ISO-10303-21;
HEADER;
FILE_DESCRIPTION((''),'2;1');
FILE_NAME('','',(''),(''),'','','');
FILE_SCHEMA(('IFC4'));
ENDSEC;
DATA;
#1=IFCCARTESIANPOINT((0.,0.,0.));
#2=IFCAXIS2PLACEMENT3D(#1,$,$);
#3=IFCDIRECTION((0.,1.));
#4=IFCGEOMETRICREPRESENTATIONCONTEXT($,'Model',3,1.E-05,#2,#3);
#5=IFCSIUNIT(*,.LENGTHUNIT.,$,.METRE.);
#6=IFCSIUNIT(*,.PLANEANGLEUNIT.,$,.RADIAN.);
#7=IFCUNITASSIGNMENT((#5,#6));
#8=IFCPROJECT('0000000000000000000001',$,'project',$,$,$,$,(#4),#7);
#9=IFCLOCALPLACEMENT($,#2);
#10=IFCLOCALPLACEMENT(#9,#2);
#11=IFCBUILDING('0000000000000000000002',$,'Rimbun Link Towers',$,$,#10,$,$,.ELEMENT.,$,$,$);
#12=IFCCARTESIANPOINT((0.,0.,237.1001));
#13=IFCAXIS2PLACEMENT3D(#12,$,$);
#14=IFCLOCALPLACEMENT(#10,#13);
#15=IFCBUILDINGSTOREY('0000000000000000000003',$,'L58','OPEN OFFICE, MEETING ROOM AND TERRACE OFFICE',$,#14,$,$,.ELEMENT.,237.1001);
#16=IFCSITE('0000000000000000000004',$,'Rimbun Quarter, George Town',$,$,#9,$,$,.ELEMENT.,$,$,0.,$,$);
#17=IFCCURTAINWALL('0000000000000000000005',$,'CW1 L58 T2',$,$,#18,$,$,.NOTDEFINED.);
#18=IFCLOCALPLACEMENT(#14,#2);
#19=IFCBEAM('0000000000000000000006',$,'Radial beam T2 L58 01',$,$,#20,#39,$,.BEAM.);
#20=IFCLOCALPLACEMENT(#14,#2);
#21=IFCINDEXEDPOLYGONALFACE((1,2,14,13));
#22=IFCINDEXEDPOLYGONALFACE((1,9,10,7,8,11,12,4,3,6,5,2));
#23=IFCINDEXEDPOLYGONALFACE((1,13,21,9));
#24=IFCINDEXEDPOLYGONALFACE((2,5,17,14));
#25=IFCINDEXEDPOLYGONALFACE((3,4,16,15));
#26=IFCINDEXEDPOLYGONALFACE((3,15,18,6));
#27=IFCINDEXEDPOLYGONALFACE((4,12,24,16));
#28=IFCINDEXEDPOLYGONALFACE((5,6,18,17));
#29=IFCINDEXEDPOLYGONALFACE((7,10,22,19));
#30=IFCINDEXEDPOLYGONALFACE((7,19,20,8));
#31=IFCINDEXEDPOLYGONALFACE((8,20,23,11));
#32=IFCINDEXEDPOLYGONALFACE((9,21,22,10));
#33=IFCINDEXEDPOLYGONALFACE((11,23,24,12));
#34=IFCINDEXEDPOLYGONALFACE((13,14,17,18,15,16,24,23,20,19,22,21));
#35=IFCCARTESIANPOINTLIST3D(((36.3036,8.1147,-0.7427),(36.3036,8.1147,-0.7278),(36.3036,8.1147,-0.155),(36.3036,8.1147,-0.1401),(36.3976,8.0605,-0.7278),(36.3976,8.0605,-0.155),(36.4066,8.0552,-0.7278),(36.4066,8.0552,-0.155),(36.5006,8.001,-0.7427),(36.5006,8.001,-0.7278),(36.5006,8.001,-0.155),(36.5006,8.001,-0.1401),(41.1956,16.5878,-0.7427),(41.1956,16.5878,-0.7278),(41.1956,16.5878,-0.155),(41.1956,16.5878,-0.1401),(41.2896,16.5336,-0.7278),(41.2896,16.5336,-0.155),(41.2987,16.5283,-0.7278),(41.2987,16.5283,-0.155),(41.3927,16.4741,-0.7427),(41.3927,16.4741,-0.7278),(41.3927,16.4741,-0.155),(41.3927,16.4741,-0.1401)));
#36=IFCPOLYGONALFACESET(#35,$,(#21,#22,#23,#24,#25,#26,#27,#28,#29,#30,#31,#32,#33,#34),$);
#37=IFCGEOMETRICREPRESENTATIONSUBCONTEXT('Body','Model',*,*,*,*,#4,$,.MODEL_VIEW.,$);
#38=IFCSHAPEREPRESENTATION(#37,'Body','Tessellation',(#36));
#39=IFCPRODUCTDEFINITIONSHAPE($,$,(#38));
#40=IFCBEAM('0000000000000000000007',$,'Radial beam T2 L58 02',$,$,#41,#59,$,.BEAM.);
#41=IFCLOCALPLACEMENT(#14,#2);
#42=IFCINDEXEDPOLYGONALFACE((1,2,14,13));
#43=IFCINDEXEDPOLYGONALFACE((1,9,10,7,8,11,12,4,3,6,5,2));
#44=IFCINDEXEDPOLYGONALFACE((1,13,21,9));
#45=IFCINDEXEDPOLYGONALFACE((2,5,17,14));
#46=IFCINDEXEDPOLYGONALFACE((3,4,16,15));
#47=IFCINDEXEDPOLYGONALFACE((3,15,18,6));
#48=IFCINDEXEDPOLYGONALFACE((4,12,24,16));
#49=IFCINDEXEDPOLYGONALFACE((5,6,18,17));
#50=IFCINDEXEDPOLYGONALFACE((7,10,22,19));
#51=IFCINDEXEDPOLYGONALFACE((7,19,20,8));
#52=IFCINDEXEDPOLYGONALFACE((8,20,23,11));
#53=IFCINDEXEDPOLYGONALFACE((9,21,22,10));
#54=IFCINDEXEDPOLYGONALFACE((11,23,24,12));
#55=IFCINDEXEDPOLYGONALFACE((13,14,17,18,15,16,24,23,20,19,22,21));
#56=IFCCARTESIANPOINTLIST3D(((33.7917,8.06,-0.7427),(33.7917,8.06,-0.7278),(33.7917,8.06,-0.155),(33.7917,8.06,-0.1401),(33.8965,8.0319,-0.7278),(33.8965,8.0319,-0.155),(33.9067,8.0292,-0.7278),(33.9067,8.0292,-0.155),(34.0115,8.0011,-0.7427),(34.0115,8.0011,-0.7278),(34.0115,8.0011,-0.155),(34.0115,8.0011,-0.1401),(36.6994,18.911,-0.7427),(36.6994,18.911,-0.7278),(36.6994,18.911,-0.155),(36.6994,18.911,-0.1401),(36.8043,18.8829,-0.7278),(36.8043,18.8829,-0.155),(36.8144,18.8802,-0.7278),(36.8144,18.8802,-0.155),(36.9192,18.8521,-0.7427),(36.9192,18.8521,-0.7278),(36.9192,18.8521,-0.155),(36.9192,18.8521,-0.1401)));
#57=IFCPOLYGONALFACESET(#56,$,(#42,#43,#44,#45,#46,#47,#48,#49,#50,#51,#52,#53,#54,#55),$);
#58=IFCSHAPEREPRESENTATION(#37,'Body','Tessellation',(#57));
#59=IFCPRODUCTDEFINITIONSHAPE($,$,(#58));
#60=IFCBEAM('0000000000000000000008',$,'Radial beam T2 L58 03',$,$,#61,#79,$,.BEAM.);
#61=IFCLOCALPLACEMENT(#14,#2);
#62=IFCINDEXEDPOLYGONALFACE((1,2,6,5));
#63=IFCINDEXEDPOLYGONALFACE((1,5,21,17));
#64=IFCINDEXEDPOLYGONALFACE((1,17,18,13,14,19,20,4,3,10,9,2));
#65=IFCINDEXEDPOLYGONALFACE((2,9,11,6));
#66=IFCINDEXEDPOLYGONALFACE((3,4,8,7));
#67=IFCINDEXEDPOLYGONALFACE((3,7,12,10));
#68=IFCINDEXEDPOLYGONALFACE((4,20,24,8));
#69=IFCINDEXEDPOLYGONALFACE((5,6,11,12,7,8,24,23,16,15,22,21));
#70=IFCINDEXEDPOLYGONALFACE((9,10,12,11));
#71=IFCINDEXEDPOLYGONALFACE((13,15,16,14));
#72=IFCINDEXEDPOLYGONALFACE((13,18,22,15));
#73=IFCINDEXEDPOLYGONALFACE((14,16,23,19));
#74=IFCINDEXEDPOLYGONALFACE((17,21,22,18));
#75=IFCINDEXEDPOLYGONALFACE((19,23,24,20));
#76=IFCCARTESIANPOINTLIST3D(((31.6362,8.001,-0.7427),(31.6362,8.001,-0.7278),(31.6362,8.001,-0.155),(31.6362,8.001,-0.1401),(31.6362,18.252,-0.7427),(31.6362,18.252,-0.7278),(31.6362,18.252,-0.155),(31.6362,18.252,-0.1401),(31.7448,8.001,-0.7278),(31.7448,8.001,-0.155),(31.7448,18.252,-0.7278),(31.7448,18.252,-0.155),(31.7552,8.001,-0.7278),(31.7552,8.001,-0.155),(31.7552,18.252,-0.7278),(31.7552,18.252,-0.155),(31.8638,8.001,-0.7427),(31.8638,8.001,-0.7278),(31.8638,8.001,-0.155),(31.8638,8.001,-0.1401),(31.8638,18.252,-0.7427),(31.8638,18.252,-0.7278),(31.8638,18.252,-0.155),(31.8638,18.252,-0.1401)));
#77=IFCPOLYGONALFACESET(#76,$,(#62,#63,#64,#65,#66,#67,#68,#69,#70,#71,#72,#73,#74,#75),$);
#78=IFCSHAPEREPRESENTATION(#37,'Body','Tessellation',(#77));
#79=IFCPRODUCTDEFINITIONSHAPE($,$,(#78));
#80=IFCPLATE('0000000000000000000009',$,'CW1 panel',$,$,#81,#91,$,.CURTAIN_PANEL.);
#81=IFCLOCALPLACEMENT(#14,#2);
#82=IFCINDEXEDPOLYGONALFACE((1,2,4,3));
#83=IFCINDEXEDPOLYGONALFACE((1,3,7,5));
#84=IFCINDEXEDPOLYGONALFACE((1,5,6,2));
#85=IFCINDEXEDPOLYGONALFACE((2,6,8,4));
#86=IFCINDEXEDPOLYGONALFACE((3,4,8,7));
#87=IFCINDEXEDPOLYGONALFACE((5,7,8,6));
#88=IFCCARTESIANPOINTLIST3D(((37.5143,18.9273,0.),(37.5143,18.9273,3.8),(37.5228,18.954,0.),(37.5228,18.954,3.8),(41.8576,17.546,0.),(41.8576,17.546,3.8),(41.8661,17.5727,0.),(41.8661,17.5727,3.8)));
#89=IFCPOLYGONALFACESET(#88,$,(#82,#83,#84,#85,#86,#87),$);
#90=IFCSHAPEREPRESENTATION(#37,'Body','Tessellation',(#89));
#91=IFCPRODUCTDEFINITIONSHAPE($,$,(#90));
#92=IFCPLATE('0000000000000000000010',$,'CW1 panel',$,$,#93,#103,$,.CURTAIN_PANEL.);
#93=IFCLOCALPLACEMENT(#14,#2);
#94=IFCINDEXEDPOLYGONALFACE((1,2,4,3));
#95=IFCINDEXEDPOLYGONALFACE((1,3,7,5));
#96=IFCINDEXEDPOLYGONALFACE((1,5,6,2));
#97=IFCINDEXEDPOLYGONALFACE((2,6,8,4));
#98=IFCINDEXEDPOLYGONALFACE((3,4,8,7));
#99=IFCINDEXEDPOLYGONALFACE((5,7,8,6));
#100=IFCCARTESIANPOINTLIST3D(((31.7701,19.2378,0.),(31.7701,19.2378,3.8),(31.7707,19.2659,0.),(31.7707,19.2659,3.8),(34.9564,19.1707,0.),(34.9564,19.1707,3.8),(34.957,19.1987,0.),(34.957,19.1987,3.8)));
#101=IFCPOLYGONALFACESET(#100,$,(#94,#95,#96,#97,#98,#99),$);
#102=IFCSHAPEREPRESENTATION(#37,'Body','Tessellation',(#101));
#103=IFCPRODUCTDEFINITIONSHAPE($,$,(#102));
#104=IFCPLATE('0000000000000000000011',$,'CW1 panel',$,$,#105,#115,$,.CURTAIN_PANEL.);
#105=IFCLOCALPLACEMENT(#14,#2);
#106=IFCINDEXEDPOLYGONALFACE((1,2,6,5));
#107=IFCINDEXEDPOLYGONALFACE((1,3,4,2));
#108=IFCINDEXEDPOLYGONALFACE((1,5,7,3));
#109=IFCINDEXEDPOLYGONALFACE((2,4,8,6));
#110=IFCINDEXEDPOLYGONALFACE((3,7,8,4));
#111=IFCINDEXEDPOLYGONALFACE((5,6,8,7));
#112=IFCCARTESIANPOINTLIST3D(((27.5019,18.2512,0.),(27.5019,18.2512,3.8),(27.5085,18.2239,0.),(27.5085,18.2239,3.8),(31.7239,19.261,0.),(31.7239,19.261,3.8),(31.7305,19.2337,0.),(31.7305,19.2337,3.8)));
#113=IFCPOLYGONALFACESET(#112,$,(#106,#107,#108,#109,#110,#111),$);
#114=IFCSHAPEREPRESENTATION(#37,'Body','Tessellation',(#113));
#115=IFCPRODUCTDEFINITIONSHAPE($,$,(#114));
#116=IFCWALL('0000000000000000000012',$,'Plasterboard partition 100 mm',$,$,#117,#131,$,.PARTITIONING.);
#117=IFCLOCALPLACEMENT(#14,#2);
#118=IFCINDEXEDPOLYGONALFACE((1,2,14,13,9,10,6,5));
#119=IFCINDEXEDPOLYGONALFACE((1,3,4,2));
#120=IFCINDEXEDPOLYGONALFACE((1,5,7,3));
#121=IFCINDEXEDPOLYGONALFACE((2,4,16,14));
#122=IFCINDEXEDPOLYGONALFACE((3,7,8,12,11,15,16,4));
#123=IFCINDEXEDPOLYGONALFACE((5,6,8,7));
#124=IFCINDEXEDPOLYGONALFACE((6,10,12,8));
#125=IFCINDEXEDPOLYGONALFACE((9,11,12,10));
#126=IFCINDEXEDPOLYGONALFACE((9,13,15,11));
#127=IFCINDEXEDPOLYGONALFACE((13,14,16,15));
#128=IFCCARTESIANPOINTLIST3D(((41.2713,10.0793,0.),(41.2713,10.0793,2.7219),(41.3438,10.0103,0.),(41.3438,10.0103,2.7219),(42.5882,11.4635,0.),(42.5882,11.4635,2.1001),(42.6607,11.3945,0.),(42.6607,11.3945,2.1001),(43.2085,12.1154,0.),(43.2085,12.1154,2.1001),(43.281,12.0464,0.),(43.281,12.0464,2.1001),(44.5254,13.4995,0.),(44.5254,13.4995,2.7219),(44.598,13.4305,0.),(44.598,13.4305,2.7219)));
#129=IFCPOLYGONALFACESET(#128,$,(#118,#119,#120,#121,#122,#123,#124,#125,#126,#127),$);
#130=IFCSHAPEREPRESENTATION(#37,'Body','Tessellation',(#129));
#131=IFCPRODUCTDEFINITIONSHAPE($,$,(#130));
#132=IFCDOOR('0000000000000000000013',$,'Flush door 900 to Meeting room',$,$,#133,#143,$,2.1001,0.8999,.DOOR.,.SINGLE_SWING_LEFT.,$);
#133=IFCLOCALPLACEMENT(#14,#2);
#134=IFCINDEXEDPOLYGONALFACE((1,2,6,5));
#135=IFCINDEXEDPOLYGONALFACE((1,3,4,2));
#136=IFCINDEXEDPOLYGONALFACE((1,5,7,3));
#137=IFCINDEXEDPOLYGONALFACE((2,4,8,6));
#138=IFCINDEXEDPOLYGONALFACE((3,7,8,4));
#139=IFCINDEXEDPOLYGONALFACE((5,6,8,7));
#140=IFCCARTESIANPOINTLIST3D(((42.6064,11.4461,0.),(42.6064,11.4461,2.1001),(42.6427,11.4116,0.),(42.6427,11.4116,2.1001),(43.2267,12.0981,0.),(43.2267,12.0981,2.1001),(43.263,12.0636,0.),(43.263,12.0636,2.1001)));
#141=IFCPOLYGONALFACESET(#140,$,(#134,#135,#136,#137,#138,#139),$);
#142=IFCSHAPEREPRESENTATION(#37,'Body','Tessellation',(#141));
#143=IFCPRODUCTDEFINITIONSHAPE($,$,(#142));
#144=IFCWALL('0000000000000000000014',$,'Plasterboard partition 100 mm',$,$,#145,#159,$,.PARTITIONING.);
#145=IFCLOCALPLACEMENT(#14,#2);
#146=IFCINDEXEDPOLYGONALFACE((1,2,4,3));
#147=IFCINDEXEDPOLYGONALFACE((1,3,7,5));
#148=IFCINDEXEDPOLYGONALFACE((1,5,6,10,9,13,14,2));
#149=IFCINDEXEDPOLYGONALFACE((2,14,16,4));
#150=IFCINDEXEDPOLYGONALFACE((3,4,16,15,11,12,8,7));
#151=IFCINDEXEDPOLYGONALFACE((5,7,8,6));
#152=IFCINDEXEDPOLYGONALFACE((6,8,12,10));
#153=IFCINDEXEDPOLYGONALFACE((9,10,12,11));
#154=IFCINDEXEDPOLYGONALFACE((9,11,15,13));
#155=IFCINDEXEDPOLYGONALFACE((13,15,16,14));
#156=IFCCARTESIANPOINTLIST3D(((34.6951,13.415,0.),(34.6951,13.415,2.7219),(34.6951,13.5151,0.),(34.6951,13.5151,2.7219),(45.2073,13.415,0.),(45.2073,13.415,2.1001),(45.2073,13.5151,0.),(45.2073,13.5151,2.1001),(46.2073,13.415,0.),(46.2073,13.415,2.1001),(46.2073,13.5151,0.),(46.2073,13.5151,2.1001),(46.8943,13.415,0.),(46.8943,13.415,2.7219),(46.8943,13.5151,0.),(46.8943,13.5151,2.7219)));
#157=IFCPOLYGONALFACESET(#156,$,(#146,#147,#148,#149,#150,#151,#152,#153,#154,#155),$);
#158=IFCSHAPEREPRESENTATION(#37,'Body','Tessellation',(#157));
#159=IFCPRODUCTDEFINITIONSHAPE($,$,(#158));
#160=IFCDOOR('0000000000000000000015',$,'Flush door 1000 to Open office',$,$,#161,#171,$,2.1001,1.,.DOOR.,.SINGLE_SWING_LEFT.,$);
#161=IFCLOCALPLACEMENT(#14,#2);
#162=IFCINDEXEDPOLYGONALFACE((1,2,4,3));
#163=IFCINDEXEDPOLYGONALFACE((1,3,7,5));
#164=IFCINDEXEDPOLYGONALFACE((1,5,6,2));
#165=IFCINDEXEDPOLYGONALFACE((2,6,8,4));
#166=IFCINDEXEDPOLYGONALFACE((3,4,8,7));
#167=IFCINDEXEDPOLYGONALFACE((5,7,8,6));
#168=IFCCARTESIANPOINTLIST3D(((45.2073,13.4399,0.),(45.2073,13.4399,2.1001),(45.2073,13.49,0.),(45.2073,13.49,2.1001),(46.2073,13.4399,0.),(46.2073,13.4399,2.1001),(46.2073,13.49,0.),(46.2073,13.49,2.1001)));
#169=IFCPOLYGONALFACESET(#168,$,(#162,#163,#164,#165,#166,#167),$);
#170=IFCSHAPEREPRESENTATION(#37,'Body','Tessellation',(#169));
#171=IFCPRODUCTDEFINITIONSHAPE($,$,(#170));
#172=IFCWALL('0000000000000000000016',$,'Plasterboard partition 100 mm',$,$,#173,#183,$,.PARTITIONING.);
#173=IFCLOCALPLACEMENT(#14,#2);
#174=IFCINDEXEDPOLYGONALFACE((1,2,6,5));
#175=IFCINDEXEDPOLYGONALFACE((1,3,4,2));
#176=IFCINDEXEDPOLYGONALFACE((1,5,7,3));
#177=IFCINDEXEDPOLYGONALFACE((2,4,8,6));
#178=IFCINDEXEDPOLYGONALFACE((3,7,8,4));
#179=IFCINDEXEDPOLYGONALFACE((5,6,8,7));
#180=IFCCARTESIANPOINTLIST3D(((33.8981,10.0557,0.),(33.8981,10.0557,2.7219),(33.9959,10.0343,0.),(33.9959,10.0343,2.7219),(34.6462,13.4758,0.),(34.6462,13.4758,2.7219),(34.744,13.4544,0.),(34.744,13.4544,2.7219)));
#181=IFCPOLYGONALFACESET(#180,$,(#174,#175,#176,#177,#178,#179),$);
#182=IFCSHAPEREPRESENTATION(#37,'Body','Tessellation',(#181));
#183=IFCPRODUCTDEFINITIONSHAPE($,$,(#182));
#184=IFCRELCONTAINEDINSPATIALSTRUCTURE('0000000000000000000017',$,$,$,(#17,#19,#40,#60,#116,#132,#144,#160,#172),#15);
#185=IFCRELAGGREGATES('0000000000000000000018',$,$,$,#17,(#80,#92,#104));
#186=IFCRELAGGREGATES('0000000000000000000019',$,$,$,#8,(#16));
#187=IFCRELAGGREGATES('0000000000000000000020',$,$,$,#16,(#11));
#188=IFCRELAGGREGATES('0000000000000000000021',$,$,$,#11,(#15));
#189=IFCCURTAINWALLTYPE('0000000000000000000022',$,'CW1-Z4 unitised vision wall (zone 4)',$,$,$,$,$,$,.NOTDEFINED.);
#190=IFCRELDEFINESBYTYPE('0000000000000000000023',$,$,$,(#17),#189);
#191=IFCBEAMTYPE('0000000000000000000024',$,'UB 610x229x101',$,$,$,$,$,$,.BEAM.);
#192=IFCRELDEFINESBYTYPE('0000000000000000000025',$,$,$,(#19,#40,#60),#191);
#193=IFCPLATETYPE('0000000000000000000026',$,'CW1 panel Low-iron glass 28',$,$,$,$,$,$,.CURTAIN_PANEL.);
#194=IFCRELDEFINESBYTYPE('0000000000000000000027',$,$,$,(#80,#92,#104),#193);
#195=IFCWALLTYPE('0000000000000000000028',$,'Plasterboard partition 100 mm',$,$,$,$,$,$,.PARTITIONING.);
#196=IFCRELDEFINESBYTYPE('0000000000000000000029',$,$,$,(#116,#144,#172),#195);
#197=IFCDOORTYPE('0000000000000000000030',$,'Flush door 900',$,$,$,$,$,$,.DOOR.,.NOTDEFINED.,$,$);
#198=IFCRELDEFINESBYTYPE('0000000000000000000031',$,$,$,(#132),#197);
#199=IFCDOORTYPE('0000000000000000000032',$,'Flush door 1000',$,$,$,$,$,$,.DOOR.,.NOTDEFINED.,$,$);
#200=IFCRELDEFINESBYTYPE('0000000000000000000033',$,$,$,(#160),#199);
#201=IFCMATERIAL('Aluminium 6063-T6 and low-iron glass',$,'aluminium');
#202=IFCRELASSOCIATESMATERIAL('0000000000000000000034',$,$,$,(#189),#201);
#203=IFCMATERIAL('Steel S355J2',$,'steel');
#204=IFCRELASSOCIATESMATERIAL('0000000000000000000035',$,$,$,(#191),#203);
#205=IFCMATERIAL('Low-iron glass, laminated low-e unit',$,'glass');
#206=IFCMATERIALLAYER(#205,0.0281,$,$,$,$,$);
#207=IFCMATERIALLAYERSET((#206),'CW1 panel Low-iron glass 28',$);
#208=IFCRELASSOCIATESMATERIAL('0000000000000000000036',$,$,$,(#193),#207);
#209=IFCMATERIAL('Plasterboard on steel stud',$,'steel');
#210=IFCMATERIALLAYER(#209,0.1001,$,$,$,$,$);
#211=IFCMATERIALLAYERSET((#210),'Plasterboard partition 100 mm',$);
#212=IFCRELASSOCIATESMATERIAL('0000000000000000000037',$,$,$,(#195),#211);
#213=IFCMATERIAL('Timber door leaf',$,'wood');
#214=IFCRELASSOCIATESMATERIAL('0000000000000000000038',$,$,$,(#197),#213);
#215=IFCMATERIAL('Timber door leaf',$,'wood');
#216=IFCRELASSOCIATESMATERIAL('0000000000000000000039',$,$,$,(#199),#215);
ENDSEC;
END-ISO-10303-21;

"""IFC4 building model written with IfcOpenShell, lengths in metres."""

from ifc_helpers import new_model, si_unit, direction, frame, frame_2d, origin, origin_2d, place, context, subcontext, project, spatial, rectangle, i_section, extrude, material, layer, layer_set, material_profile, profile_set, type_object, element, fill, aggregate, save


model = new_model("IFC4")

# Units and contexts
model_context = context("Model", 3, precision=1e-05, world=origin(), true_north=direction((0.0, 1.0)))
body_context = subcontext(model_context, "Body", "Model", "MODEL_VIEW")
ifc_project = project(units=[si_unit("LENGTHUNIT", "METRE"), si_unit("PLANEANGLEUNIT", "RADIAN")], contexts=[model_context])

# Site, building, storey
site_placement = place(None, origin())
site = spatial("IfcSite", under=ifc_project, at=site_placement, Name="Rimbun Quarter, George Town", CompositionType="ELEMENT", RefElevation=0.0)
building_placement = place(site_placement, origin())
building = spatial("IfcBuilding", under=site, at=building_placement, Name="Rimbun Link Towers", CompositionType="ELEMENT")
storey_placement = place(building_placement, frame((0.0, 0.0, 237.1001)))
storey = spatial("IfcBuildingStorey", under=building, at=storey_placement, Name="L58", Description="OPEN OFFICE, MEETING ROOM AND TERRACE OFFICE", CompositionType="ELEMENT", Elevation=237.1001)

# Curtain wall
ifc_material_1 = material(Name="Aluminium 6063-T6 and low-iron glass", Category="aluminium")
curtain_wall_type = type_object("IfcCurtainWallType", Name="CW1-Z4 unitised vision wall (zone 4)", PredefinedType="NOTDEFINED", material=ifc_material_1)
curtain_wall_placement = place(storey_placement, origin())
curtain_wall = element("IfcCurtainWall", 1, at=curtain_wall_placement, inside=storey, type_object=curtain_wall_type, Name="CW1 L58 T2", PredefinedType="NOTDEFINED")

# Beams
ifc_material_2 = material(Name="Steel S355J2", Category="steel")
ifc_material_profile_1 = material_profile(ifc_material_2, i_section(OverallWidth=0.2275, OverallDepth=0.6025, WebThickness=0.0105, FlangeThickness=0.0149, at=origin_2d()), Name="UB 610x229x101")
ifc_profile_set_1 = profile_set([ifc_material_profile_1], Name="Steel S355J2")
beam_type_1 = type_object("IfcBeamType", Name="UB 610x229x101", PredefinedType="BEAM", material=ifc_profile_set_1)
beam_1_placement = place(storey_placement, frame((36.4021, 8.0579, -0.4414), z_axis=(0.500009, 0.86602, 0.0), x_axis=(-0.86602, 0.500009, 0.0)))
element("IfcBeam", 2, at=beam_1_placement, inside=storey, type_object=beam_type_1, Name="Radial beam T2 L58 01", PredefinedType="BEAM", context=body_context, shape_type="SweptSolid", body=[
    extrude(i_section(OverallWidth=0.2275, OverallDepth=0.6025, WebThickness=0.0105, FlangeThickness=0.0149, at=origin_2d()), origin(), (0.0, 0.0, 1.0), 9.7839),
])
beam_2_placement = place(storey_placement, frame((33.9016, 8.0305, -0.4414), z_axis=(0.258834, 0.965922, 0.0), x_axis=(-0.965922, 0.258834, 0.0)))
element("IfcBeam", 3, at=beam_2_placement, inside=storey, type_object=beam_type_1, Name="Radial beam T2 L58 02", PredefinedType="BEAM", context=body_context, shape_type="SweptSolid", body=[
    extrude(i_section(OverallWidth=0.2275, OverallDepth=0.6025, WebThickness=0.0105, FlangeThickness=0.0149, at=origin_2d()), origin(), (0.0, 0.0, 1.0), 11.2339),
])
beam_3_placement = place(storey_placement, frame((31.75, 8.001, -0.4414), z_axis=(0.0, 1.0, 0.0), x_axis=(-1.0, 0.0, 0.0)))
element("IfcBeam", 4, at=beam_3_placement, inside=storey, type_object=beam_type_1, Name="Radial beam T2 L58 03", PredefinedType="BEAM", context=body_context, shape_type="SweptSolid", body=[
    extrude(i_section(OverallWidth=0.2275, OverallDepth=0.6025, WebThickness=0.0105, FlangeThickness=0.0149, at=origin_2d()), origin(), (0.0, 0.0, 1.0), 10.251),
])

# Plates
ifc_material_3 = material(Name="Low-iron glass, laminated low-e unit", Category="glass")
ifc_layer_1 = layer(ifc_material_3, 0.0281)
ifc_layer_set_1 = layer_set([ifc_layer_1], Name="CW1 panel Low-iron glass 28")
plate_type = type_object("IfcPlateType", Name="CW1 panel Low-iron glass 28", PredefinedType="CURTAIN_PANEL", material=ifc_layer_set_1)
plate_1_placement = place(storey_placement, frame((39.6902, 18.25, 0.0), z_axis=(0.0, 0.0, 1.0), x_axis=(0.952968, -0.303072, 0.0)))
plate_1 = element("IfcPlate", 5, at=plate_1_placement, type_object=plate_type, Name="CW1 panel", PredefinedType="CURTAIN_PANEL", context=body_context, shape_type="SweptSolid", body=[
    extrude(rectangle(XDim=4.5576, YDim=0.0281, at=origin_2d()), origin(), (0.0, 0.0, 1.0), 3.8),
])
plate_2_placement = place(storey_placement, frame((33.3635, 19.2183, 0.0), z_axis=(0.0, 0.0, 1.0), x_axis=(0.999778, -0.021065, 0.0)))
plate_2 = element("IfcPlate", 6, at=plate_2_placement, type_object=plate_type, Name="CW1 panel", PredefinedType="CURTAIN_PANEL", context=body_context, shape_type="SweptSolid", body=[
    extrude(rectangle(XDim=3.187, YDim=0.0281, at=origin_2d()), origin(), (0.0, 0.0, 1.0), 3.8),
])
plate_3_placement = place(storey_placement, frame((29.6162, 18.7424, 0.0), z_axis=(0.0, 0.0, 1.0), x_axis=(0.972572, 0.232603, 0.0)))
plate_3 = element("IfcPlate", 7, at=plate_3_placement, type_object=plate_type, Name="CW1 panel", PredefinedType="CURTAIN_PANEL", context=body_context, shape_type="SweptSolid", body=[
    extrude(rectangle(XDim=4.3411, YDim=0.0281, at=origin_2d()), origin(), (0.0, 0.0, 1.0), 3.8),
])
aggregate(curtain_wall, [plate_1, plate_2, plate_3])

# Walls, openings, doors
ifc_material_4 = material(Name="Plasterboard on steel stud", Category="steel")
ifc_layer_2 = layer(ifc_material_4, 0.1001)
ifc_layer_set_2 = layer_set([ifc_layer_2], Name="Plasterboard partition 100 mm")
wall_type_1 = type_object("IfcWallType", Name="Plasterboard partition 100 mm", PredefinedType="PARTITIONING", material=ifc_layer_set_2)
wall_1_placement = place(storey_placement, frame((41.3076, 10.0449, 0.0), z_axis=(0.0, 0.0, 1.0), x_axis=(0.689305, 0.724471, 0.0)))
wall_1 = element("IfcWall", 8, at=wall_1_placement, inside=storey, type_object=wall_type_1, Name="Plasterboard partition 100 mm", PredefinedType="PARTITIONING", context=body_context, shape_type="SweptSolid", body=[
    extrude(rectangle(XDim=4.7209, YDim=0.1001, at=frame_2d((2.3604, 0.0))), origin(), (0.0, 0.0, 1.0), 2.7219),
])
opening_1_placement = place(wall_1_placement, frame((1.9104, 0.0, 0.0)))
opening_1 = element("IfcOpeningElement", 9, at=opening_1_placement, cuts=wall_1, PredefinedType="OPENING", context=body_context, shape_type="SweptSolid", body=[
    extrude(rectangle(XDim=0.8999, YDim=2.1001, at=frame_2d((0.45, 1.05))), frame((0.0, 0.0601, 0.0), z_axis=(0.0, -1.0, 0.0), x_axis=(1.0, 0.0, 0.0)), (0.0, 0.0, 1.0), 0.1201),
])
ifc_material_5 = material(Name="Timber door leaf", Category="wood")
door_type_1 = type_object("IfcDoorType", Name="Flush door 900", OperationType="NOTDEFINED", PredefinedType="DOOR", material=ifc_material_5)
door_1_placement = place(opening_1_placement, origin())
door_1 = element("IfcDoor", 10, at=door_1_placement, inside=storey, type_object=door_type_1, Name="Flush door 900 to Meeting room", OperationType="SINGLE_SWING_LEFT", OverallHeight=2.1001, OverallWidth=0.8999, PredefinedType="DOOR", context=body_context, shape_type="SweptSolid", body=[
    extrude(rectangle(XDim=0.8999, YDim=2.1001, at=frame_2d((0.45, 1.05))), frame((0.0, 0.0249, 0.0), z_axis=(0.0, -1.0, 0.0), x_axis=(1.0, 0.0, 0.0)), (0.0, 0.0, 1.0), 0.05),
])
fill(opening_1, door_1)
wall_2_placement = place(storey_placement, frame((34.6951, 13.4651, 0.0), z_axis=(0.0, 0.0, 1.0), x_axis=(1.0, 0.0, 0.0)))
wall_2 = element("IfcWall", 11, at=wall_2_placement, inside=storey, type_object=wall_type_1, Name="Plasterboard partition 100 mm", PredefinedType="PARTITIONING", context=body_context, shape_type="SweptSolid", body=[
    extrude(rectangle(XDim=12.1992, YDim=0.1001, at=frame_2d((6.0996, 0.0))), origin(), (0.0, 0.0, 1.0), 2.7219),
])
opening_2_placement = place(wall_2_placement, frame((10.5122, 0.0, 0.0)))
opening_2 = element("IfcOpeningElement", 12, at=opening_2_placement, cuts=wall_2, PredefinedType="OPENING", context=body_context, shape_type="SweptSolid", body=[
    extrude(rectangle(XDim=1.0, YDim=2.1001, at=frame_2d((0.5, 1.05))), frame((0.0, 0.0601, 0.0), z_axis=(0.0, -1.0, 0.0), x_axis=(1.0, 0.0, 0.0)), (0.0, 0.0, 1.0), 0.1201),
])
ifc_material_6 = material(Name="Timber door leaf", Category="wood")
door_type_2 = type_object("IfcDoorType", Name="Flush door 1000", OperationType="NOTDEFINED", PredefinedType="DOOR", material=ifc_material_6)
door_2_placement = place(opening_2_placement, origin())
door_2 = element("IfcDoor", 13, at=door_2_placement, inside=storey, type_object=door_type_2, Name="Flush door 1000 to Open office", OperationType="SINGLE_SWING_LEFT", OverallHeight=2.1001, OverallWidth=1.0, PredefinedType="DOOR", context=body_context, shape_type="SweptSolid", body=[
    extrude(rectangle(XDim=1.0, YDim=2.1001, at=frame_2d((0.5, 1.05))), frame((0.0, 0.0249, 0.0), z_axis=(0.0, -1.0, 0.0), x_axis=(1.0, 0.0, 0.0)), (0.0, 0.0, 1.0), 0.05),
])
fill(opening_2, door_2)

# Wall
wall_3_placement = place(storey_placement, frame((34.6951, 13.4651, 0.0), z_axis=(0.0, 0.0, 1.0), x_axis=(-0.213666, -0.976907, 0.0)))
element("IfcWall", 14, at=wall_3_placement, inside=storey, type_object=wall_type_1, Name="Plasterboard partition 100 mm", PredefinedType="PARTITIONING", context=body_context, shape_type="SweptSolid", body=[
    extrude(rectangle(XDim=3.501, YDim=0.1001, at=frame_2d((1.7505, 0.0))), origin(), (0.0, 0.0, 1.0), 2.7219),
])

save(model, "model.ifc")
